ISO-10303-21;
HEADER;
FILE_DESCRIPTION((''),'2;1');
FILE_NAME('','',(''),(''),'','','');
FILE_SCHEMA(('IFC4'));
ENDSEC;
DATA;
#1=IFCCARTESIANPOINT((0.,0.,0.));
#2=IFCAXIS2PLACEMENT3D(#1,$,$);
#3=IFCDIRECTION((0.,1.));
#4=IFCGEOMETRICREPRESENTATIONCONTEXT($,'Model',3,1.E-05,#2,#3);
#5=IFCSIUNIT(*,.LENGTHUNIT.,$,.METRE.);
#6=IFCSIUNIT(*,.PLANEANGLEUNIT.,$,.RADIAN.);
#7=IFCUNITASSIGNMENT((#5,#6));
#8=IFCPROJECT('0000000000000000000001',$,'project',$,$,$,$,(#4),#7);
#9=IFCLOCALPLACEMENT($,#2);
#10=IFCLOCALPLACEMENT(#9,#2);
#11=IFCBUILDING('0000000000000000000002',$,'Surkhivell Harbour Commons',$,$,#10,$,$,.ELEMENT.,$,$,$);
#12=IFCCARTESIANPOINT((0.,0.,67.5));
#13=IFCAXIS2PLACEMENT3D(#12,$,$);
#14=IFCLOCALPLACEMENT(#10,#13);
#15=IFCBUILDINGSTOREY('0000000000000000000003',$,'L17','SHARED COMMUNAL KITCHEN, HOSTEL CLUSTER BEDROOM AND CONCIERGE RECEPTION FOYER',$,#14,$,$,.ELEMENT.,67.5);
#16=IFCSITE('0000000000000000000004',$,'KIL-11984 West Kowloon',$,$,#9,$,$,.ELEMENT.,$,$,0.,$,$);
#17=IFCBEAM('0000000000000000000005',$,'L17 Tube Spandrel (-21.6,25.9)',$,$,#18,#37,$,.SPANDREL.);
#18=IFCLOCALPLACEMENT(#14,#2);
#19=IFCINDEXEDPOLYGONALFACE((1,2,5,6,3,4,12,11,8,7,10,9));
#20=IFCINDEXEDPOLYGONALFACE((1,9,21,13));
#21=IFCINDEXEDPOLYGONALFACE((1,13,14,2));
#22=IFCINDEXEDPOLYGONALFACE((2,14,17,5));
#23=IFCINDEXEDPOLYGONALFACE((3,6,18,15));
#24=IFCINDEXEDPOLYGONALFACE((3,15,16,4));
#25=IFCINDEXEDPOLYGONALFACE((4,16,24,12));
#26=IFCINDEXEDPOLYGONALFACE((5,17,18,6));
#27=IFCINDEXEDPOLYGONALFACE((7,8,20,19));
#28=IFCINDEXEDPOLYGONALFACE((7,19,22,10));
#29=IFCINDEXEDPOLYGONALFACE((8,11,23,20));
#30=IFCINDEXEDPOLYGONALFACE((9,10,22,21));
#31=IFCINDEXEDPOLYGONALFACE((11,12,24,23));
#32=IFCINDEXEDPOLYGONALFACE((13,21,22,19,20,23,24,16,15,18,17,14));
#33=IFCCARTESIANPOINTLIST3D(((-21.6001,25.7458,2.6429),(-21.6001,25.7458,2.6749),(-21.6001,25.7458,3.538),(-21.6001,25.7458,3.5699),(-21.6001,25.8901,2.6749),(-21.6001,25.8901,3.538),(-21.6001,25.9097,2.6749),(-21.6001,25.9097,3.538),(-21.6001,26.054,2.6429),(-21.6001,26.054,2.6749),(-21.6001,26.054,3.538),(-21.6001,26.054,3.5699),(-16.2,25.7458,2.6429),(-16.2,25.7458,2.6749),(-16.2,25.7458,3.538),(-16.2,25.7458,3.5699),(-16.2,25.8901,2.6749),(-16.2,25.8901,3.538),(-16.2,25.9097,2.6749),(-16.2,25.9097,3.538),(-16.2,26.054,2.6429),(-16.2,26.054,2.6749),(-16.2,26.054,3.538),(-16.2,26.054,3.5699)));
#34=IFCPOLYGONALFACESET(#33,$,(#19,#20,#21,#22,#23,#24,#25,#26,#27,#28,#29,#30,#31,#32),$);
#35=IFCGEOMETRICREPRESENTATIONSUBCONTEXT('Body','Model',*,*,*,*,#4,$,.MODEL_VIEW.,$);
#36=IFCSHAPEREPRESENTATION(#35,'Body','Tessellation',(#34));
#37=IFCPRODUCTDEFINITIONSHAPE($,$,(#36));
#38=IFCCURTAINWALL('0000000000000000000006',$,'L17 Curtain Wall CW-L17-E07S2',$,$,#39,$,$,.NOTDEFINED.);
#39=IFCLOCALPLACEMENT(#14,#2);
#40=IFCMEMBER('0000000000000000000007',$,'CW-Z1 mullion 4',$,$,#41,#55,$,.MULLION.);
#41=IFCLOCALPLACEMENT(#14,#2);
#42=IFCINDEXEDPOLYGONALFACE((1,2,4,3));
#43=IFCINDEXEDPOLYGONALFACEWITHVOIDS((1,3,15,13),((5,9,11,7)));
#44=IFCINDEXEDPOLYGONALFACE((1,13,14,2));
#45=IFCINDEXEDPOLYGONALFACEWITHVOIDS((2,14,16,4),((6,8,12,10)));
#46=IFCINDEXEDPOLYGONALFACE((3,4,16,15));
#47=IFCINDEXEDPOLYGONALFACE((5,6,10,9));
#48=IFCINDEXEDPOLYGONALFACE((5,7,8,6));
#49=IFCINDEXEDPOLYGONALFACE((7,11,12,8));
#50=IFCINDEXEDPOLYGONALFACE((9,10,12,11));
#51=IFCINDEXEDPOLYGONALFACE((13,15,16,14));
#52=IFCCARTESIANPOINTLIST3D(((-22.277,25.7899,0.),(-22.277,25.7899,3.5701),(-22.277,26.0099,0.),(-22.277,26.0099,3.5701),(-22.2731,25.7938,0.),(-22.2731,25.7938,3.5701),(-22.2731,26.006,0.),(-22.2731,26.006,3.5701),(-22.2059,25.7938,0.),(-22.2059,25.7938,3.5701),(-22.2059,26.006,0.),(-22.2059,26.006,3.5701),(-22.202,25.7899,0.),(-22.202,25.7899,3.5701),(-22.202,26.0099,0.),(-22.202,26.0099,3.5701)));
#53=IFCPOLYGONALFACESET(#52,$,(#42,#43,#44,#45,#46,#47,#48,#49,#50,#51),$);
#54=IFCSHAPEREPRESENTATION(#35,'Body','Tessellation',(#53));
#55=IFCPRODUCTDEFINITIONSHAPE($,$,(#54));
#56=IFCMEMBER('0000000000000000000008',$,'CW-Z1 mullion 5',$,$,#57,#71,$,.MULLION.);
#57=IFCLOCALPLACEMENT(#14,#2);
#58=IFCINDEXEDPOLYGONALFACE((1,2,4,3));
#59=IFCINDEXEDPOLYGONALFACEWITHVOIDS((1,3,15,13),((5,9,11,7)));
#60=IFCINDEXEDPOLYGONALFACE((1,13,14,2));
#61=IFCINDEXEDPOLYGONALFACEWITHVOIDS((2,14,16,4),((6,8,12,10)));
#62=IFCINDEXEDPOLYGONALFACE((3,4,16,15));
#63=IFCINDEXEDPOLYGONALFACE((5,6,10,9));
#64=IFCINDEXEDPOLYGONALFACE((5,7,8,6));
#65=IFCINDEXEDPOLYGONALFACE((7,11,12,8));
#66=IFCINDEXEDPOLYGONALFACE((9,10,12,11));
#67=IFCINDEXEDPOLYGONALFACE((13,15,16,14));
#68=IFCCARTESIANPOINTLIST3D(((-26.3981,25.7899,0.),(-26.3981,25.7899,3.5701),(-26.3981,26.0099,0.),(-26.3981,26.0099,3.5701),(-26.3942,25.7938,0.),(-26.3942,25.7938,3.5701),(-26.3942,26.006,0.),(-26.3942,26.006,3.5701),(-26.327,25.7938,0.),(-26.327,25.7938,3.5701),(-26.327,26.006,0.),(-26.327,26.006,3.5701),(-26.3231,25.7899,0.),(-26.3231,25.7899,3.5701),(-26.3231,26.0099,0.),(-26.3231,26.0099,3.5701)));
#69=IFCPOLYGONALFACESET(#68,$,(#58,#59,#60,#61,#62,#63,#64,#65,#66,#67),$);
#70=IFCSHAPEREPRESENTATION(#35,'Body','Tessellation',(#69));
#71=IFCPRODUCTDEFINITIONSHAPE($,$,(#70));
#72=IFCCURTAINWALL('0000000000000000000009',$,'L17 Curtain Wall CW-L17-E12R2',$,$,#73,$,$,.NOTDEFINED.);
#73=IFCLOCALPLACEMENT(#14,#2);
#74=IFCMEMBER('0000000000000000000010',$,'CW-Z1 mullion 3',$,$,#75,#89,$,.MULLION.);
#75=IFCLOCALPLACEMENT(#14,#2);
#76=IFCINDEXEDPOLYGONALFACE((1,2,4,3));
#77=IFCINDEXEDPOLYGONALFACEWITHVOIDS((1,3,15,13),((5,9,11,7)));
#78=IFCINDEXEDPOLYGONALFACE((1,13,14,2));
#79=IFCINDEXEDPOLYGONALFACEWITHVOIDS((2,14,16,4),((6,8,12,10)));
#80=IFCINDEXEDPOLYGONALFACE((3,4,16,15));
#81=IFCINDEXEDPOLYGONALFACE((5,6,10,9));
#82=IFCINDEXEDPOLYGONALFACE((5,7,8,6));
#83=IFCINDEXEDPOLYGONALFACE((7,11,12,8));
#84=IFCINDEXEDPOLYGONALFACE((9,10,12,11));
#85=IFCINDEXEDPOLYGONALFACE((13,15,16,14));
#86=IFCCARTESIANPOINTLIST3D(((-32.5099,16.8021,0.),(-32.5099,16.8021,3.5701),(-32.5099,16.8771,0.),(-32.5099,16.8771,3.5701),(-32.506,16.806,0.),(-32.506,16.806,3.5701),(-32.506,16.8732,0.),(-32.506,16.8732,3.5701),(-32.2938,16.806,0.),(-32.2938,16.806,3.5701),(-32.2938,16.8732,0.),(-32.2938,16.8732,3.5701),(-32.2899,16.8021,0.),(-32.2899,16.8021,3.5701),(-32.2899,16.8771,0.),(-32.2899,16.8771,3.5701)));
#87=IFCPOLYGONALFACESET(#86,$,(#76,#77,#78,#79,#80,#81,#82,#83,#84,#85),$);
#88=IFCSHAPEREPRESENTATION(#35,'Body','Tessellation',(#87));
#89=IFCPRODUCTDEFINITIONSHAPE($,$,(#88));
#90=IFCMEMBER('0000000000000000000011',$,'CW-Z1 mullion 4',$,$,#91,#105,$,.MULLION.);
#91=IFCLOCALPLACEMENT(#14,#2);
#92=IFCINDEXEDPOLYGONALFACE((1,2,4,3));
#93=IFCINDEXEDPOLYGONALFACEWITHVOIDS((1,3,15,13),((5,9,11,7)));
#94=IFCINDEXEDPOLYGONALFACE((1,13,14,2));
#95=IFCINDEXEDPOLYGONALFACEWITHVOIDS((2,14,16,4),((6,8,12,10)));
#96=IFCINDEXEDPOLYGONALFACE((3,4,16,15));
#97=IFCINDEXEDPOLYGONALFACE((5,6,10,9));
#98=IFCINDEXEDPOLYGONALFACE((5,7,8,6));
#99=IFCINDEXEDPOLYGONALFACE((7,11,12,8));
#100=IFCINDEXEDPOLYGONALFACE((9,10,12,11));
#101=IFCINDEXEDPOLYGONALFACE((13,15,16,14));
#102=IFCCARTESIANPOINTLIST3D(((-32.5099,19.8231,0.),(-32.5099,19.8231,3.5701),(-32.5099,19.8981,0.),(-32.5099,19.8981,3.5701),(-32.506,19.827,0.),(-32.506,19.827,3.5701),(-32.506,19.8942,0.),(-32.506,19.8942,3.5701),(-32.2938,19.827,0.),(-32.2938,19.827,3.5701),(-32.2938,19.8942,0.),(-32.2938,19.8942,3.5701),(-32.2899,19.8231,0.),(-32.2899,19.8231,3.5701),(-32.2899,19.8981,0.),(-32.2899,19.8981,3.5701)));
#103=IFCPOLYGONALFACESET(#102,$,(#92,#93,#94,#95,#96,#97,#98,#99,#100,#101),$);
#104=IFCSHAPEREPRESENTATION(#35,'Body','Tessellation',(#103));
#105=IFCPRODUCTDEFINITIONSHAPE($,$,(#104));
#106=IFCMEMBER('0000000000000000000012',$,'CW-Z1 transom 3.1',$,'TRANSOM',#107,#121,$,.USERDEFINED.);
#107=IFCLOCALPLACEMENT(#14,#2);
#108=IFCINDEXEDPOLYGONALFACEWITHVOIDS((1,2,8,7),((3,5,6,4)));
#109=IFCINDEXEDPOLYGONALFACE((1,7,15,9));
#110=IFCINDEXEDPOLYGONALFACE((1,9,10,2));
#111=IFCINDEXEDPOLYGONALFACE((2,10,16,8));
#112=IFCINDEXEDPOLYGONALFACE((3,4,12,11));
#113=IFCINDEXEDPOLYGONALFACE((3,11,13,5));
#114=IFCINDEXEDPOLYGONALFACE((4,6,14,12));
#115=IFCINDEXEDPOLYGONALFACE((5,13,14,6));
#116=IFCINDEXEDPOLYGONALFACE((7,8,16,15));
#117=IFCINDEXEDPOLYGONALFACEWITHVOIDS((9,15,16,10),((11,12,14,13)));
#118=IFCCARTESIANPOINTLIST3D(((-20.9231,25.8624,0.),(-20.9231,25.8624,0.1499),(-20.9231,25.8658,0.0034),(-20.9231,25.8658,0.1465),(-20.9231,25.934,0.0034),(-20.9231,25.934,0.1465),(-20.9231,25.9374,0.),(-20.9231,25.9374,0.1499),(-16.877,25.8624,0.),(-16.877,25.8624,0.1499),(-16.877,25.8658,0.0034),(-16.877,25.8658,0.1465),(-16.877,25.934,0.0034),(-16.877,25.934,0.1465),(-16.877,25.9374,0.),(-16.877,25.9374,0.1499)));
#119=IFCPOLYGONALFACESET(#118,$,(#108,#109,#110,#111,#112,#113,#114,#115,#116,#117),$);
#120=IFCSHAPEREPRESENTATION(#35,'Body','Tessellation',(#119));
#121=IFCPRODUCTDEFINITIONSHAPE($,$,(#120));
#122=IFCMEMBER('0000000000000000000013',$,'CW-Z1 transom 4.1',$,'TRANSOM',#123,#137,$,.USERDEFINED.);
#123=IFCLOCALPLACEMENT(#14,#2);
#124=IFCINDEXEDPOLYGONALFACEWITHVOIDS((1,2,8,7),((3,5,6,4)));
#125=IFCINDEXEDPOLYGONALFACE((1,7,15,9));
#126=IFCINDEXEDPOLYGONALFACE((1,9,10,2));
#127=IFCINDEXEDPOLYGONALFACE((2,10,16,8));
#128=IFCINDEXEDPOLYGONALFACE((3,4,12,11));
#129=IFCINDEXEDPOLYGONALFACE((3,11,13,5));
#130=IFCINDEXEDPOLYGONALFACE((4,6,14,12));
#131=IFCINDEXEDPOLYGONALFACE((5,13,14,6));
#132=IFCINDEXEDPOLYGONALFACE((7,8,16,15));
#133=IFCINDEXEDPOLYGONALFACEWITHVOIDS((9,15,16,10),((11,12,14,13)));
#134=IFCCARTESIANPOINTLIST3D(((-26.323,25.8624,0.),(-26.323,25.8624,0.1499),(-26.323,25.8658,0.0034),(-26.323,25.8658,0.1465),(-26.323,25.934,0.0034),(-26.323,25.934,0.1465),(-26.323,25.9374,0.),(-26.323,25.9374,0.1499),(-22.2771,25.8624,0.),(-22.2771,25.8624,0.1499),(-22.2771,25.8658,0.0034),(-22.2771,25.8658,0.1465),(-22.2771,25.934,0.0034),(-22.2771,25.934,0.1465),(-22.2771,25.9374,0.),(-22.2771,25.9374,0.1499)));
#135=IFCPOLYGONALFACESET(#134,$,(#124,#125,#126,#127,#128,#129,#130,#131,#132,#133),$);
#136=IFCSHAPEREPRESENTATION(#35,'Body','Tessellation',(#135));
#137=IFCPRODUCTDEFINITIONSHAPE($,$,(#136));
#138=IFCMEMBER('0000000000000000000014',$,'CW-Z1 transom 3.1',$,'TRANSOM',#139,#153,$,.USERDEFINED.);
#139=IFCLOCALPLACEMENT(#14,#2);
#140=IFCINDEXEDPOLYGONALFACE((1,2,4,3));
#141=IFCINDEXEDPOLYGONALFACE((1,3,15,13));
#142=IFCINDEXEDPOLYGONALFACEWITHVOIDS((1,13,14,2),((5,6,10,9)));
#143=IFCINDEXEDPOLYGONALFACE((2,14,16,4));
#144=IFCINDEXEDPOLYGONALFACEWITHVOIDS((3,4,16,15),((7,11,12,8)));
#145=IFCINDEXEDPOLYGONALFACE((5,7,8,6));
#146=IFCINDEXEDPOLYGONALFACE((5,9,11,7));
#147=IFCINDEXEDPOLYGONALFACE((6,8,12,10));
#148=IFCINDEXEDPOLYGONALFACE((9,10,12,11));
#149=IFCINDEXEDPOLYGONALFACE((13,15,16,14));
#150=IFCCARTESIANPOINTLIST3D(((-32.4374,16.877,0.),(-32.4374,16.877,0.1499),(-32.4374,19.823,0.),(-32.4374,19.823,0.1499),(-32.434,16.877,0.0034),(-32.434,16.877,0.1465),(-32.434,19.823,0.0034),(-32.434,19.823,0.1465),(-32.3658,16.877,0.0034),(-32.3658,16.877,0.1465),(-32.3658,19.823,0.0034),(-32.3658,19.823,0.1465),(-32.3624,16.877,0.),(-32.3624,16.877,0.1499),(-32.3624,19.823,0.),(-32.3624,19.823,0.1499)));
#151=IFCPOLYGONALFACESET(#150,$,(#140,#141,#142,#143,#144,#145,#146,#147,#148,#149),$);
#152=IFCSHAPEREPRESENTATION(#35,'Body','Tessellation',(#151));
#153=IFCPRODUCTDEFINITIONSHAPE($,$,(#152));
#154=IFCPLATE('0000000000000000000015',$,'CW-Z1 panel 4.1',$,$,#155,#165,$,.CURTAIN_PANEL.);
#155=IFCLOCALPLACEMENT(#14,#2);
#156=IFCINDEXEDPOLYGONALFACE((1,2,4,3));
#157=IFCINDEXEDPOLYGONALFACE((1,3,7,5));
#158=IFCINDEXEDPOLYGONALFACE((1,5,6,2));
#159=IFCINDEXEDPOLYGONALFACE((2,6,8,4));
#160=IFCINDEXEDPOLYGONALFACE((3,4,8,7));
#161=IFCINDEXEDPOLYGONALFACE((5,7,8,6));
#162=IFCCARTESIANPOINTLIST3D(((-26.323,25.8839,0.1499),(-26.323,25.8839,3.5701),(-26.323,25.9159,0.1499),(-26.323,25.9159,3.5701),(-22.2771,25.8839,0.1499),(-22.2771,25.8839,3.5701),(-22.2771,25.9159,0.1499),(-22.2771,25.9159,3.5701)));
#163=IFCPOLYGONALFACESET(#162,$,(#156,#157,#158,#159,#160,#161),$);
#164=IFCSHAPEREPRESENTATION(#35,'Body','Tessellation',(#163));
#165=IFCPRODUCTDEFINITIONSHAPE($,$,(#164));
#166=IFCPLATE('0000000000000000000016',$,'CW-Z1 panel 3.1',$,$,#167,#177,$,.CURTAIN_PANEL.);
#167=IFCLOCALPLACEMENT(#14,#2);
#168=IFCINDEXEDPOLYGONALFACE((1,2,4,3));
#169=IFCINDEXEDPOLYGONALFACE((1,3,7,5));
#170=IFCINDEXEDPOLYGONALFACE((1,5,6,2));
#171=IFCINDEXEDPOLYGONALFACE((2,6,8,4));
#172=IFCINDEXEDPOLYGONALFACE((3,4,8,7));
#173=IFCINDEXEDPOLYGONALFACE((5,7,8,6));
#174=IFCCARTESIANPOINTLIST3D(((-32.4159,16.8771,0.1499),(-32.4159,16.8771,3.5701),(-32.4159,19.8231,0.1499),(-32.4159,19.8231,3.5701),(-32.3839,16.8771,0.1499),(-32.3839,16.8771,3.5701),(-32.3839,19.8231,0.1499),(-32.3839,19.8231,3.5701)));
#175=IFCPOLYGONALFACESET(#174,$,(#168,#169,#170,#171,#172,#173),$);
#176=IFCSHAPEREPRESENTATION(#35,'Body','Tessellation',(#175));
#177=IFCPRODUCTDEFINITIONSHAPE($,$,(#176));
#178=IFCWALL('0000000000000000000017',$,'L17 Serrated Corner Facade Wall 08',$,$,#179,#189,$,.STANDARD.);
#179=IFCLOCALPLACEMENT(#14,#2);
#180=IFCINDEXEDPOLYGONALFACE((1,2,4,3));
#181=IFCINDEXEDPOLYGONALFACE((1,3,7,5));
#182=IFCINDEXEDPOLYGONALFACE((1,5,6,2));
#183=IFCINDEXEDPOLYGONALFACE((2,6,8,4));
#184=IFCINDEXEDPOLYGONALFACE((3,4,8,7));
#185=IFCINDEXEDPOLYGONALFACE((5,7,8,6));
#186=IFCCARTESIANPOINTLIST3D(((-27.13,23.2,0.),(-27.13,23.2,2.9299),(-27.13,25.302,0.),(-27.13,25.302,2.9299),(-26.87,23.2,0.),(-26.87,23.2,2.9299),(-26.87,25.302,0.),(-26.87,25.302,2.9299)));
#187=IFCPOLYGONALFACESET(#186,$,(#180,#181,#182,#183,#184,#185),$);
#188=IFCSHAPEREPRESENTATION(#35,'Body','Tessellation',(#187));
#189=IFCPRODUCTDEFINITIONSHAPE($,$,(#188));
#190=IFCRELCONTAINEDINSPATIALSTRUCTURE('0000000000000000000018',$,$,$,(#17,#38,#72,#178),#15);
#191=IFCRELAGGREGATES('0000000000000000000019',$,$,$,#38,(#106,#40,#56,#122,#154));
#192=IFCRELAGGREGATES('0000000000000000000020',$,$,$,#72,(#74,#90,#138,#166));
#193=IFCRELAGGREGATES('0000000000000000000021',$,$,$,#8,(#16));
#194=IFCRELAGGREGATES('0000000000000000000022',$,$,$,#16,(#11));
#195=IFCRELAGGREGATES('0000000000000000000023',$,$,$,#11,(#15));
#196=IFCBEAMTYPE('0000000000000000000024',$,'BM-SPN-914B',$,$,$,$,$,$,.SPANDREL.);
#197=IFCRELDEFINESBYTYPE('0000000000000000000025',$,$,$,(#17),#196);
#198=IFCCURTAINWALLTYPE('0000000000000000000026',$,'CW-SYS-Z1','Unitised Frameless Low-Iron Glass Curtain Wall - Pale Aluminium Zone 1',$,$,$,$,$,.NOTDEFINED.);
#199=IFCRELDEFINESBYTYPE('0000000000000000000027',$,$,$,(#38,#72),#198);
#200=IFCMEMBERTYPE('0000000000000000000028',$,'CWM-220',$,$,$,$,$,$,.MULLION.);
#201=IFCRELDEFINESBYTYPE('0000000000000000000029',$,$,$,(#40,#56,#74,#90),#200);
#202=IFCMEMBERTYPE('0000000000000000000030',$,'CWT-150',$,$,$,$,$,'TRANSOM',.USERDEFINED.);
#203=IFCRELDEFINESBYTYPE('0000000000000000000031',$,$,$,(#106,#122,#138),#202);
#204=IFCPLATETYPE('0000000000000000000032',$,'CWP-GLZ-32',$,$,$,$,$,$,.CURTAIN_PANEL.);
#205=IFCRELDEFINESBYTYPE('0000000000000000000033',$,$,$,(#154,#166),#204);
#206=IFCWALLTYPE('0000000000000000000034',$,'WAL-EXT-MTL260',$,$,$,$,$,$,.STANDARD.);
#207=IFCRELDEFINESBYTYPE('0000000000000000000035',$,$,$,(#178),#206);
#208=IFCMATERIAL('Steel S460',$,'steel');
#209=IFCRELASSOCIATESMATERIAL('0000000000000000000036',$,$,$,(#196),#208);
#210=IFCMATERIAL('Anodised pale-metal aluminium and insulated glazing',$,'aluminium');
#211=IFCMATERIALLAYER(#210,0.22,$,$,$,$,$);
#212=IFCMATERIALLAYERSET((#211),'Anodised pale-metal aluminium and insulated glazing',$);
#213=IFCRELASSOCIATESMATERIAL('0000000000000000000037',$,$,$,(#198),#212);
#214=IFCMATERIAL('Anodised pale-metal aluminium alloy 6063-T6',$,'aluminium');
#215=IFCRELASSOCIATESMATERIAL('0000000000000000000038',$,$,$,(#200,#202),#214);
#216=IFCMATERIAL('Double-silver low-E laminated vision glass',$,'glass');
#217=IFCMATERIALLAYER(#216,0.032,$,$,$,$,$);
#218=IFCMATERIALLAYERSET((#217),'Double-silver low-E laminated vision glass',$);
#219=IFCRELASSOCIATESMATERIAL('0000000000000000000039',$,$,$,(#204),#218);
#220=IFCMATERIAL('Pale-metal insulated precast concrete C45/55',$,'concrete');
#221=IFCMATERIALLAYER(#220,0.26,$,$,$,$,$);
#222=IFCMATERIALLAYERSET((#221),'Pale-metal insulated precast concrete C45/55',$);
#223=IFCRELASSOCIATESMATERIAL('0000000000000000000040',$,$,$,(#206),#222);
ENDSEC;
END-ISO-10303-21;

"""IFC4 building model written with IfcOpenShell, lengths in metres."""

from ifc_helpers import new_model, si_unit, direction, frame, frame_2d, origin, origin_2d, place, context, subcontext, project, spatial, rectangle, hollow_rectangle, i_section, extrude, material, layer, layer_set, material_profile, profile_set, type_object, element, aggregate, save


model = new_model("IFC4")

# Units and contexts
model_context = context("Model", 3, precision=1e-05, world=origin(), true_north=direction((0.0, 1.0)))
body_context = subcontext(model_context, "Body", "Model", "MODEL_VIEW")
ifc_project = project(units=[si_unit("LENGTHUNIT", "METRE"), si_unit("PLANEANGLEUNIT", "RADIAN")], contexts=[model_context])

# Site, building, storey
site_placement = place(None, origin())
site = spatial("IfcSite", under=ifc_project, at=site_placement, Name="KIL-11984 West Kowloon", CompositionType="ELEMENT", RefElevation=0.0)
building_placement = place(site_placement, origin())
building = spatial("IfcBuilding", under=site, at=building_placement, Name="Surkhivell Harbour Commons", CompositionType="ELEMENT")
storey_placement = place(building_placement, frame((0.0, 0.0, 67.5)))
storey = spatial("IfcBuildingStorey", under=building, at=storey_placement, Name="L17", Description="SHARED COMMUNAL KITCHEN, HOSTEL CLUSTER BEDROOM AND CONCIERGE RECEPTION FOYER", CompositionType="ELEMENT", Elevation=67.5)

# Beam
ifc_material_1 = material(Name="Steel S460", Category="steel")
ifc_material_profile_1 = material_profile(ifc_material_1, i_section(OverallWidth=0.3081, OverallDepth=0.927, WebThickness=0.0195, FlangeThickness=0.032, at=origin_2d()), Name="UB914x305x289")
ifc_profile_set_1 = profile_set([ifc_material_profile_1], Name="Steel S460")
beam_type_1 = type_object("IfcBeamType", Name="BM-SPN-914B", PredefinedType="SPANDREL", material=ifc_profile_set_1)
beam_1_placement = place(storey_placement, frame((-21.6001, 25.8999, 3.1064), z_axis=(1.0, 0.0, 0.0), x_axis=(0.0, 1.0, 0.0)))
element("IfcBeam", 1, at=beam_1_placement, inside=storey, type_object=beam_type_1, Name="L17 Tube Spandrel (-21.6,25.9)", PredefinedType="SPANDREL", context=body_context, shape_type="SweptSolid", body=[
    extrude(i_section(OverallWidth=0.3081, OverallDepth=0.927, WebThickness=0.0195, FlangeThickness=0.032, at=origin_2d()), origin(), (0.0, 0.0, 1.0), 5.4001),
])

# Curtain walls, members
ifc_material_2 = material(Name="Anodised pale-metal aluminium and insulated glazing", Category="aluminium")
ifc_layer_1 = layer(ifc_material_2, 0.22)
ifc_layer_set_1 = layer_set([ifc_layer_1], Name="Anodised pale-metal aluminium and insulated glazing")
curtain_wall_type = type_object("IfcCurtainWallType", Name="CW-SYS-Z1", Description="Unitised Frameless Low-Iron Glass Curtain Wall - Pale Aluminium Zone 1", PredefinedType="NOTDEFINED", material=ifc_layer_set_1)
curtain_wall_1_placement = place(storey_placement, origin())
curtain_wall_1 = element("IfcCurtainWall", 2, at=curtain_wall_1_placement, inside=storey, type_object=curtain_wall_type, Name="L17 Curtain Wall CW-L17-E07S2", PredefinedType="NOTDEFINED")
ifc_material_3 = material(Name="Anodised pale-metal aluminium alloy 6063-T6", Category="aluminium")
ifc_material_profile_2 = material_profile(ifc_material_3, hollow_rectangle(XDim=0.075, YDim=0.22, WallThickness=0.0039, at=origin_2d()), Name="ALU-MULL-75x220")
ifc_profile_set_2 = profile_set([ifc_material_profile_2], Name="Anodised pale-metal aluminium alloy 6063-T6")
member_type_1 = type_object("IfcMemberType", Name="CWM-220", PredefinedType="MULLION", material=ifc_profile_set_2)
member_1_placement = place(storey_placement, frame((-22.2395, 25.8999, 0.0), z_axis=(0.0, 0.0, 1.0), x_axis=(-1.0, 0.0, 0.0)))
member_1 = element("IfcMember", 3, at=member_1_placement, type_object=member_type_1, Name="CW-Z1 mullion 4", PredefinedType="MULLION", context=body_context, shape_type="SweptSolid", body=[
    extrude(hollow_rectangle(XDim=0.075, YDim=0.22, WallThickness=0.0039, at=origin_2d()), origin(), (0.0, 0.0, 1.0), 3.5701),
])
member_2_placement = place(storey_placement, frame((-26.3606, 25.8999, 0.0), z_axis=(0.0, 0.0, 1.0), x_axis=(-1.0, 0.0, 0.0)))
member_2 = element("IfcMember", 4, at=member_2_placement, type_object=member_type_1, Name="CW-Z1 mullion 5", PredefinedType="MULLION", context=body_context, shape_type="SweptSolid", body=[
    extrude(hollow_rectangle(XDim=0.075, YDim=0.22, WallThickness=0.0039, at=origin_2d()), origin(), (0.0, 0.0, 1.0), 3.5701),
])
curtain_wall_2_placement = place(storey_placement, origin())
curtain_wall_2 = element("IfcCurtainWall", 5, at=curtain_wall_2_placement, inside=storey, type_object=curtain_wall_type, Name="L17 Curtain Wall CW-L17-E12R2", PredefinedType="NOTDEFINED")
member_3_placement = place(storey_placement, frame((-32.3999, 16.8396, 0.0), z_axis=(0.0, 0.0, 1.0), x_axis=(0.0, 1.0, 0.0)))
member_3 = element("IfcMember", 6, at=member_3_placement, type_object=member_type_1, Name="CW-Z1 mullion 3", PredefinedType="MULLION", context=body_context, shape_type="SweptSolid", body=[
    extrude(hollow_rectangle(XDim=0.075, YDim=0.22, WallThickness=0.0039, at=origin_2d()), origin(), (0.0, 0.0, 1.0), 3.5701),
])
member_4_placement = place(storey_placement, frame((-32.3999, 19.8606, 0.0), z_axis=(0.0, 0.0, 1.0), x_axis=(0.0, 1.0, 0.0)))
member_4 = element("IfcMember", 7, at=member_4_placement, type_object=member_type_1, Name="CW-Z1 mullion 4", PredefinedType="MULLION", context=body_context, shape_type="SweptSolid", body=[
    extrude(hollow_rectangle(XDim=0.075, YDim=0.22, WallThickness=0.0039, at=origin_2d()), origin(), (0.0, 0.0, 1.0), 3.5701),
])

# Members
ifc_material_profile_3 = material_profile(ifc_material_3, hollow_rectangle(XDim=0.075, YDim=0.1499, WallThickness=0.0034, at=origin_2d()), Name="ALU-TRAN-75x150")
ifc_profile_set_3 = profile_set([ifc_material_profile_3], Name="Anodised pale-metal aluminium alloy 6063-T6")
member_type_2 = type_object("IfcMemberType", Name="CWT-150", ElementType="TRANSOM", PredefinedType="USERDEFINED", material=ifc_profile_set_3)
member_5_placement = place(storey_placement, frame((-16.877, 25.8999, 0.075), z_axis=(-1.0, 0.0, 0.0), x_axis=(0.0, -1.0, 0.0)))
member_5 = element("IfcMember", 8, at=member_5_placement, type_object=member_type_2, Name="CW-Z1 transom 3.1", ObjectType="TRANSOM", PredefinedType="USERDEFINED", context=body_context, shape_type="SweptSolid", body=[
    extrude(hollow_rectangle(XDim=0.075, YDim=0.1499, WallThickness=0.0034, at=origin_2d()), origin(), (0.0, 0.0, 1.0), 4.0461),
])
member_6_placement = place(storey_placement, frame((-22.2771, 25.8999, 0.075), z_axis=(-1.0, 0.0, 0.0), x_axis=(0.0, -1.0, 0.0)))
member_6 = element("IfcMember", 9, at=member_6_placement, type_object=member_type_2, Name="CW-Z1 transom 4.1", ObjectType="TRANSOM", PredefinedType="USERDEFINED", context=body_context, shape_type="SweptSolid", body=[
    extrude(hollow_rectangle(XDim=0.075, YDim=0.1499, WallThickness=0.0034, at=origin_2d()), origin(), (0.0, 0.0, 1.0), 4.0459),
])
member_7_placement = place(storey_placement, frame((-32.3999, 16.877, 0.075), z_axis=(0.0, 1.0, 0.0), x_axis=(-1.0, 0.0, 0.0)))
member_7 = element("IfcMember", 10, at=member_7_placement, type_object=member_type_2, Name="CW-Z1 transom 3.1", ObjectType="TRANSOM", PredefinedType="USERDEFINED", context=body_context, shape_type="SweptSolid", body=[
    extrude(hollow_rectangle(XDim=0.075, YDim=0.1499, WallThickness=0.0034, at=origin_2d()), origin(), (0.0, 0.0, 1.0), 2.946),
])

# Plates
ifc_material_4 = material(Name="Double-silver low-E laminated vision glass", Category="glass")
ifc_layer_2 = layer(ifc_material_4, 0.032)
ifc_layer_set_2 = layer_set([ifc_layer_2], Name="Double-silver low-E laminated vision glass")
plate_type = type_object("IfcPlateType", Name="CWP-GLZ-32", PredefinedType="CURTAIN_PANEL", material=ifc_layer_set_2)
plate_1_placement = place(storey_placement, frame((-22.2771, 25.8999, 0.1499), z_axis=(0.0, 0.0, 1.0), x_axis=(-1.0, 0.0, 0.0)))
plate_1 = element("IfcPlate", 11, at=plate_1_placement, type_object=plate_type, Name="CW-Z1 panel 4.1", PredefinedType="CURTAIN_PANEL", context=body_context, shape_type="SweptSolid", body=[
    extrude(rectangle(XDim=4.0459, YDim=0.032, at=frame_2d((2.0229, 0.0))), origin(), (0.0, 0.0, 1.0), 3.4202),
])
aggregate(curtain_wall_1, [member_5, member_1, member_2, member_6, plate_1])
plate_2_placement = place(storey_placement, frame((-32.3999, 16.877, 0.1499), z_axis=(0.0, 0.0, 1.0), x_axis=(0.0, 1.0, 0.0)))
plate_2 = element("IfcPlate", 12, at=plate_2_placement, type_object=plate_type, Name="CW-Z1 panel 3.1", PredefinedType="CURTAIN_PANEL", context=body_context, shape_type="SweptSolid", body=[
    extrude(rectangle(XDim=2.946, YDim=0.032, at=frame_2d((1.4731, 0.0))), origin(), (0.0, 0.0, 1.0), 3.4202),
])
aggregate(curtain_wall_2, [member_3, member_4, member_7, plate_2])

# Wall
ifc_material_5 = material(Name="Pale-metal insulated precast concrete C45/55", Category="concrete")
ifc_layer_3 = layer(ifc_material_5, 0.26)
ifc_layer_set_3 = layer_set([ifc_layer_3], Name="Pale-metal insulated precast concrete C45/55")
wall_type = type_object("IfcWallType", Name="WAL-EXT-MTL260", PredefinedType="STANDARD", material=ifc_layer_set_3)
wall_1_placement = place(storey_placement, frame((-27.0, 25.302, 0.0), z_axis=(0.0, 0.0, 1.0), x_axis=(0.0, -1.0, 0.0)))
element("IfcWall", 13, at=wall_1_placement, inside=storey, type_object=wall_type, Name="L17 Serrated Corner Facade Wall 08", PredefinedType="STANDARD", context=body_context, shape_type="SweptSolid", body=[
    extrude(rectangle(XDim=2.1021, YDim=0.26, at=frame_2d((1.051, 0.0))), origin(), (0.0, 0.0, 1.0), 2.9299),
])

save(model, "model.ifc")
